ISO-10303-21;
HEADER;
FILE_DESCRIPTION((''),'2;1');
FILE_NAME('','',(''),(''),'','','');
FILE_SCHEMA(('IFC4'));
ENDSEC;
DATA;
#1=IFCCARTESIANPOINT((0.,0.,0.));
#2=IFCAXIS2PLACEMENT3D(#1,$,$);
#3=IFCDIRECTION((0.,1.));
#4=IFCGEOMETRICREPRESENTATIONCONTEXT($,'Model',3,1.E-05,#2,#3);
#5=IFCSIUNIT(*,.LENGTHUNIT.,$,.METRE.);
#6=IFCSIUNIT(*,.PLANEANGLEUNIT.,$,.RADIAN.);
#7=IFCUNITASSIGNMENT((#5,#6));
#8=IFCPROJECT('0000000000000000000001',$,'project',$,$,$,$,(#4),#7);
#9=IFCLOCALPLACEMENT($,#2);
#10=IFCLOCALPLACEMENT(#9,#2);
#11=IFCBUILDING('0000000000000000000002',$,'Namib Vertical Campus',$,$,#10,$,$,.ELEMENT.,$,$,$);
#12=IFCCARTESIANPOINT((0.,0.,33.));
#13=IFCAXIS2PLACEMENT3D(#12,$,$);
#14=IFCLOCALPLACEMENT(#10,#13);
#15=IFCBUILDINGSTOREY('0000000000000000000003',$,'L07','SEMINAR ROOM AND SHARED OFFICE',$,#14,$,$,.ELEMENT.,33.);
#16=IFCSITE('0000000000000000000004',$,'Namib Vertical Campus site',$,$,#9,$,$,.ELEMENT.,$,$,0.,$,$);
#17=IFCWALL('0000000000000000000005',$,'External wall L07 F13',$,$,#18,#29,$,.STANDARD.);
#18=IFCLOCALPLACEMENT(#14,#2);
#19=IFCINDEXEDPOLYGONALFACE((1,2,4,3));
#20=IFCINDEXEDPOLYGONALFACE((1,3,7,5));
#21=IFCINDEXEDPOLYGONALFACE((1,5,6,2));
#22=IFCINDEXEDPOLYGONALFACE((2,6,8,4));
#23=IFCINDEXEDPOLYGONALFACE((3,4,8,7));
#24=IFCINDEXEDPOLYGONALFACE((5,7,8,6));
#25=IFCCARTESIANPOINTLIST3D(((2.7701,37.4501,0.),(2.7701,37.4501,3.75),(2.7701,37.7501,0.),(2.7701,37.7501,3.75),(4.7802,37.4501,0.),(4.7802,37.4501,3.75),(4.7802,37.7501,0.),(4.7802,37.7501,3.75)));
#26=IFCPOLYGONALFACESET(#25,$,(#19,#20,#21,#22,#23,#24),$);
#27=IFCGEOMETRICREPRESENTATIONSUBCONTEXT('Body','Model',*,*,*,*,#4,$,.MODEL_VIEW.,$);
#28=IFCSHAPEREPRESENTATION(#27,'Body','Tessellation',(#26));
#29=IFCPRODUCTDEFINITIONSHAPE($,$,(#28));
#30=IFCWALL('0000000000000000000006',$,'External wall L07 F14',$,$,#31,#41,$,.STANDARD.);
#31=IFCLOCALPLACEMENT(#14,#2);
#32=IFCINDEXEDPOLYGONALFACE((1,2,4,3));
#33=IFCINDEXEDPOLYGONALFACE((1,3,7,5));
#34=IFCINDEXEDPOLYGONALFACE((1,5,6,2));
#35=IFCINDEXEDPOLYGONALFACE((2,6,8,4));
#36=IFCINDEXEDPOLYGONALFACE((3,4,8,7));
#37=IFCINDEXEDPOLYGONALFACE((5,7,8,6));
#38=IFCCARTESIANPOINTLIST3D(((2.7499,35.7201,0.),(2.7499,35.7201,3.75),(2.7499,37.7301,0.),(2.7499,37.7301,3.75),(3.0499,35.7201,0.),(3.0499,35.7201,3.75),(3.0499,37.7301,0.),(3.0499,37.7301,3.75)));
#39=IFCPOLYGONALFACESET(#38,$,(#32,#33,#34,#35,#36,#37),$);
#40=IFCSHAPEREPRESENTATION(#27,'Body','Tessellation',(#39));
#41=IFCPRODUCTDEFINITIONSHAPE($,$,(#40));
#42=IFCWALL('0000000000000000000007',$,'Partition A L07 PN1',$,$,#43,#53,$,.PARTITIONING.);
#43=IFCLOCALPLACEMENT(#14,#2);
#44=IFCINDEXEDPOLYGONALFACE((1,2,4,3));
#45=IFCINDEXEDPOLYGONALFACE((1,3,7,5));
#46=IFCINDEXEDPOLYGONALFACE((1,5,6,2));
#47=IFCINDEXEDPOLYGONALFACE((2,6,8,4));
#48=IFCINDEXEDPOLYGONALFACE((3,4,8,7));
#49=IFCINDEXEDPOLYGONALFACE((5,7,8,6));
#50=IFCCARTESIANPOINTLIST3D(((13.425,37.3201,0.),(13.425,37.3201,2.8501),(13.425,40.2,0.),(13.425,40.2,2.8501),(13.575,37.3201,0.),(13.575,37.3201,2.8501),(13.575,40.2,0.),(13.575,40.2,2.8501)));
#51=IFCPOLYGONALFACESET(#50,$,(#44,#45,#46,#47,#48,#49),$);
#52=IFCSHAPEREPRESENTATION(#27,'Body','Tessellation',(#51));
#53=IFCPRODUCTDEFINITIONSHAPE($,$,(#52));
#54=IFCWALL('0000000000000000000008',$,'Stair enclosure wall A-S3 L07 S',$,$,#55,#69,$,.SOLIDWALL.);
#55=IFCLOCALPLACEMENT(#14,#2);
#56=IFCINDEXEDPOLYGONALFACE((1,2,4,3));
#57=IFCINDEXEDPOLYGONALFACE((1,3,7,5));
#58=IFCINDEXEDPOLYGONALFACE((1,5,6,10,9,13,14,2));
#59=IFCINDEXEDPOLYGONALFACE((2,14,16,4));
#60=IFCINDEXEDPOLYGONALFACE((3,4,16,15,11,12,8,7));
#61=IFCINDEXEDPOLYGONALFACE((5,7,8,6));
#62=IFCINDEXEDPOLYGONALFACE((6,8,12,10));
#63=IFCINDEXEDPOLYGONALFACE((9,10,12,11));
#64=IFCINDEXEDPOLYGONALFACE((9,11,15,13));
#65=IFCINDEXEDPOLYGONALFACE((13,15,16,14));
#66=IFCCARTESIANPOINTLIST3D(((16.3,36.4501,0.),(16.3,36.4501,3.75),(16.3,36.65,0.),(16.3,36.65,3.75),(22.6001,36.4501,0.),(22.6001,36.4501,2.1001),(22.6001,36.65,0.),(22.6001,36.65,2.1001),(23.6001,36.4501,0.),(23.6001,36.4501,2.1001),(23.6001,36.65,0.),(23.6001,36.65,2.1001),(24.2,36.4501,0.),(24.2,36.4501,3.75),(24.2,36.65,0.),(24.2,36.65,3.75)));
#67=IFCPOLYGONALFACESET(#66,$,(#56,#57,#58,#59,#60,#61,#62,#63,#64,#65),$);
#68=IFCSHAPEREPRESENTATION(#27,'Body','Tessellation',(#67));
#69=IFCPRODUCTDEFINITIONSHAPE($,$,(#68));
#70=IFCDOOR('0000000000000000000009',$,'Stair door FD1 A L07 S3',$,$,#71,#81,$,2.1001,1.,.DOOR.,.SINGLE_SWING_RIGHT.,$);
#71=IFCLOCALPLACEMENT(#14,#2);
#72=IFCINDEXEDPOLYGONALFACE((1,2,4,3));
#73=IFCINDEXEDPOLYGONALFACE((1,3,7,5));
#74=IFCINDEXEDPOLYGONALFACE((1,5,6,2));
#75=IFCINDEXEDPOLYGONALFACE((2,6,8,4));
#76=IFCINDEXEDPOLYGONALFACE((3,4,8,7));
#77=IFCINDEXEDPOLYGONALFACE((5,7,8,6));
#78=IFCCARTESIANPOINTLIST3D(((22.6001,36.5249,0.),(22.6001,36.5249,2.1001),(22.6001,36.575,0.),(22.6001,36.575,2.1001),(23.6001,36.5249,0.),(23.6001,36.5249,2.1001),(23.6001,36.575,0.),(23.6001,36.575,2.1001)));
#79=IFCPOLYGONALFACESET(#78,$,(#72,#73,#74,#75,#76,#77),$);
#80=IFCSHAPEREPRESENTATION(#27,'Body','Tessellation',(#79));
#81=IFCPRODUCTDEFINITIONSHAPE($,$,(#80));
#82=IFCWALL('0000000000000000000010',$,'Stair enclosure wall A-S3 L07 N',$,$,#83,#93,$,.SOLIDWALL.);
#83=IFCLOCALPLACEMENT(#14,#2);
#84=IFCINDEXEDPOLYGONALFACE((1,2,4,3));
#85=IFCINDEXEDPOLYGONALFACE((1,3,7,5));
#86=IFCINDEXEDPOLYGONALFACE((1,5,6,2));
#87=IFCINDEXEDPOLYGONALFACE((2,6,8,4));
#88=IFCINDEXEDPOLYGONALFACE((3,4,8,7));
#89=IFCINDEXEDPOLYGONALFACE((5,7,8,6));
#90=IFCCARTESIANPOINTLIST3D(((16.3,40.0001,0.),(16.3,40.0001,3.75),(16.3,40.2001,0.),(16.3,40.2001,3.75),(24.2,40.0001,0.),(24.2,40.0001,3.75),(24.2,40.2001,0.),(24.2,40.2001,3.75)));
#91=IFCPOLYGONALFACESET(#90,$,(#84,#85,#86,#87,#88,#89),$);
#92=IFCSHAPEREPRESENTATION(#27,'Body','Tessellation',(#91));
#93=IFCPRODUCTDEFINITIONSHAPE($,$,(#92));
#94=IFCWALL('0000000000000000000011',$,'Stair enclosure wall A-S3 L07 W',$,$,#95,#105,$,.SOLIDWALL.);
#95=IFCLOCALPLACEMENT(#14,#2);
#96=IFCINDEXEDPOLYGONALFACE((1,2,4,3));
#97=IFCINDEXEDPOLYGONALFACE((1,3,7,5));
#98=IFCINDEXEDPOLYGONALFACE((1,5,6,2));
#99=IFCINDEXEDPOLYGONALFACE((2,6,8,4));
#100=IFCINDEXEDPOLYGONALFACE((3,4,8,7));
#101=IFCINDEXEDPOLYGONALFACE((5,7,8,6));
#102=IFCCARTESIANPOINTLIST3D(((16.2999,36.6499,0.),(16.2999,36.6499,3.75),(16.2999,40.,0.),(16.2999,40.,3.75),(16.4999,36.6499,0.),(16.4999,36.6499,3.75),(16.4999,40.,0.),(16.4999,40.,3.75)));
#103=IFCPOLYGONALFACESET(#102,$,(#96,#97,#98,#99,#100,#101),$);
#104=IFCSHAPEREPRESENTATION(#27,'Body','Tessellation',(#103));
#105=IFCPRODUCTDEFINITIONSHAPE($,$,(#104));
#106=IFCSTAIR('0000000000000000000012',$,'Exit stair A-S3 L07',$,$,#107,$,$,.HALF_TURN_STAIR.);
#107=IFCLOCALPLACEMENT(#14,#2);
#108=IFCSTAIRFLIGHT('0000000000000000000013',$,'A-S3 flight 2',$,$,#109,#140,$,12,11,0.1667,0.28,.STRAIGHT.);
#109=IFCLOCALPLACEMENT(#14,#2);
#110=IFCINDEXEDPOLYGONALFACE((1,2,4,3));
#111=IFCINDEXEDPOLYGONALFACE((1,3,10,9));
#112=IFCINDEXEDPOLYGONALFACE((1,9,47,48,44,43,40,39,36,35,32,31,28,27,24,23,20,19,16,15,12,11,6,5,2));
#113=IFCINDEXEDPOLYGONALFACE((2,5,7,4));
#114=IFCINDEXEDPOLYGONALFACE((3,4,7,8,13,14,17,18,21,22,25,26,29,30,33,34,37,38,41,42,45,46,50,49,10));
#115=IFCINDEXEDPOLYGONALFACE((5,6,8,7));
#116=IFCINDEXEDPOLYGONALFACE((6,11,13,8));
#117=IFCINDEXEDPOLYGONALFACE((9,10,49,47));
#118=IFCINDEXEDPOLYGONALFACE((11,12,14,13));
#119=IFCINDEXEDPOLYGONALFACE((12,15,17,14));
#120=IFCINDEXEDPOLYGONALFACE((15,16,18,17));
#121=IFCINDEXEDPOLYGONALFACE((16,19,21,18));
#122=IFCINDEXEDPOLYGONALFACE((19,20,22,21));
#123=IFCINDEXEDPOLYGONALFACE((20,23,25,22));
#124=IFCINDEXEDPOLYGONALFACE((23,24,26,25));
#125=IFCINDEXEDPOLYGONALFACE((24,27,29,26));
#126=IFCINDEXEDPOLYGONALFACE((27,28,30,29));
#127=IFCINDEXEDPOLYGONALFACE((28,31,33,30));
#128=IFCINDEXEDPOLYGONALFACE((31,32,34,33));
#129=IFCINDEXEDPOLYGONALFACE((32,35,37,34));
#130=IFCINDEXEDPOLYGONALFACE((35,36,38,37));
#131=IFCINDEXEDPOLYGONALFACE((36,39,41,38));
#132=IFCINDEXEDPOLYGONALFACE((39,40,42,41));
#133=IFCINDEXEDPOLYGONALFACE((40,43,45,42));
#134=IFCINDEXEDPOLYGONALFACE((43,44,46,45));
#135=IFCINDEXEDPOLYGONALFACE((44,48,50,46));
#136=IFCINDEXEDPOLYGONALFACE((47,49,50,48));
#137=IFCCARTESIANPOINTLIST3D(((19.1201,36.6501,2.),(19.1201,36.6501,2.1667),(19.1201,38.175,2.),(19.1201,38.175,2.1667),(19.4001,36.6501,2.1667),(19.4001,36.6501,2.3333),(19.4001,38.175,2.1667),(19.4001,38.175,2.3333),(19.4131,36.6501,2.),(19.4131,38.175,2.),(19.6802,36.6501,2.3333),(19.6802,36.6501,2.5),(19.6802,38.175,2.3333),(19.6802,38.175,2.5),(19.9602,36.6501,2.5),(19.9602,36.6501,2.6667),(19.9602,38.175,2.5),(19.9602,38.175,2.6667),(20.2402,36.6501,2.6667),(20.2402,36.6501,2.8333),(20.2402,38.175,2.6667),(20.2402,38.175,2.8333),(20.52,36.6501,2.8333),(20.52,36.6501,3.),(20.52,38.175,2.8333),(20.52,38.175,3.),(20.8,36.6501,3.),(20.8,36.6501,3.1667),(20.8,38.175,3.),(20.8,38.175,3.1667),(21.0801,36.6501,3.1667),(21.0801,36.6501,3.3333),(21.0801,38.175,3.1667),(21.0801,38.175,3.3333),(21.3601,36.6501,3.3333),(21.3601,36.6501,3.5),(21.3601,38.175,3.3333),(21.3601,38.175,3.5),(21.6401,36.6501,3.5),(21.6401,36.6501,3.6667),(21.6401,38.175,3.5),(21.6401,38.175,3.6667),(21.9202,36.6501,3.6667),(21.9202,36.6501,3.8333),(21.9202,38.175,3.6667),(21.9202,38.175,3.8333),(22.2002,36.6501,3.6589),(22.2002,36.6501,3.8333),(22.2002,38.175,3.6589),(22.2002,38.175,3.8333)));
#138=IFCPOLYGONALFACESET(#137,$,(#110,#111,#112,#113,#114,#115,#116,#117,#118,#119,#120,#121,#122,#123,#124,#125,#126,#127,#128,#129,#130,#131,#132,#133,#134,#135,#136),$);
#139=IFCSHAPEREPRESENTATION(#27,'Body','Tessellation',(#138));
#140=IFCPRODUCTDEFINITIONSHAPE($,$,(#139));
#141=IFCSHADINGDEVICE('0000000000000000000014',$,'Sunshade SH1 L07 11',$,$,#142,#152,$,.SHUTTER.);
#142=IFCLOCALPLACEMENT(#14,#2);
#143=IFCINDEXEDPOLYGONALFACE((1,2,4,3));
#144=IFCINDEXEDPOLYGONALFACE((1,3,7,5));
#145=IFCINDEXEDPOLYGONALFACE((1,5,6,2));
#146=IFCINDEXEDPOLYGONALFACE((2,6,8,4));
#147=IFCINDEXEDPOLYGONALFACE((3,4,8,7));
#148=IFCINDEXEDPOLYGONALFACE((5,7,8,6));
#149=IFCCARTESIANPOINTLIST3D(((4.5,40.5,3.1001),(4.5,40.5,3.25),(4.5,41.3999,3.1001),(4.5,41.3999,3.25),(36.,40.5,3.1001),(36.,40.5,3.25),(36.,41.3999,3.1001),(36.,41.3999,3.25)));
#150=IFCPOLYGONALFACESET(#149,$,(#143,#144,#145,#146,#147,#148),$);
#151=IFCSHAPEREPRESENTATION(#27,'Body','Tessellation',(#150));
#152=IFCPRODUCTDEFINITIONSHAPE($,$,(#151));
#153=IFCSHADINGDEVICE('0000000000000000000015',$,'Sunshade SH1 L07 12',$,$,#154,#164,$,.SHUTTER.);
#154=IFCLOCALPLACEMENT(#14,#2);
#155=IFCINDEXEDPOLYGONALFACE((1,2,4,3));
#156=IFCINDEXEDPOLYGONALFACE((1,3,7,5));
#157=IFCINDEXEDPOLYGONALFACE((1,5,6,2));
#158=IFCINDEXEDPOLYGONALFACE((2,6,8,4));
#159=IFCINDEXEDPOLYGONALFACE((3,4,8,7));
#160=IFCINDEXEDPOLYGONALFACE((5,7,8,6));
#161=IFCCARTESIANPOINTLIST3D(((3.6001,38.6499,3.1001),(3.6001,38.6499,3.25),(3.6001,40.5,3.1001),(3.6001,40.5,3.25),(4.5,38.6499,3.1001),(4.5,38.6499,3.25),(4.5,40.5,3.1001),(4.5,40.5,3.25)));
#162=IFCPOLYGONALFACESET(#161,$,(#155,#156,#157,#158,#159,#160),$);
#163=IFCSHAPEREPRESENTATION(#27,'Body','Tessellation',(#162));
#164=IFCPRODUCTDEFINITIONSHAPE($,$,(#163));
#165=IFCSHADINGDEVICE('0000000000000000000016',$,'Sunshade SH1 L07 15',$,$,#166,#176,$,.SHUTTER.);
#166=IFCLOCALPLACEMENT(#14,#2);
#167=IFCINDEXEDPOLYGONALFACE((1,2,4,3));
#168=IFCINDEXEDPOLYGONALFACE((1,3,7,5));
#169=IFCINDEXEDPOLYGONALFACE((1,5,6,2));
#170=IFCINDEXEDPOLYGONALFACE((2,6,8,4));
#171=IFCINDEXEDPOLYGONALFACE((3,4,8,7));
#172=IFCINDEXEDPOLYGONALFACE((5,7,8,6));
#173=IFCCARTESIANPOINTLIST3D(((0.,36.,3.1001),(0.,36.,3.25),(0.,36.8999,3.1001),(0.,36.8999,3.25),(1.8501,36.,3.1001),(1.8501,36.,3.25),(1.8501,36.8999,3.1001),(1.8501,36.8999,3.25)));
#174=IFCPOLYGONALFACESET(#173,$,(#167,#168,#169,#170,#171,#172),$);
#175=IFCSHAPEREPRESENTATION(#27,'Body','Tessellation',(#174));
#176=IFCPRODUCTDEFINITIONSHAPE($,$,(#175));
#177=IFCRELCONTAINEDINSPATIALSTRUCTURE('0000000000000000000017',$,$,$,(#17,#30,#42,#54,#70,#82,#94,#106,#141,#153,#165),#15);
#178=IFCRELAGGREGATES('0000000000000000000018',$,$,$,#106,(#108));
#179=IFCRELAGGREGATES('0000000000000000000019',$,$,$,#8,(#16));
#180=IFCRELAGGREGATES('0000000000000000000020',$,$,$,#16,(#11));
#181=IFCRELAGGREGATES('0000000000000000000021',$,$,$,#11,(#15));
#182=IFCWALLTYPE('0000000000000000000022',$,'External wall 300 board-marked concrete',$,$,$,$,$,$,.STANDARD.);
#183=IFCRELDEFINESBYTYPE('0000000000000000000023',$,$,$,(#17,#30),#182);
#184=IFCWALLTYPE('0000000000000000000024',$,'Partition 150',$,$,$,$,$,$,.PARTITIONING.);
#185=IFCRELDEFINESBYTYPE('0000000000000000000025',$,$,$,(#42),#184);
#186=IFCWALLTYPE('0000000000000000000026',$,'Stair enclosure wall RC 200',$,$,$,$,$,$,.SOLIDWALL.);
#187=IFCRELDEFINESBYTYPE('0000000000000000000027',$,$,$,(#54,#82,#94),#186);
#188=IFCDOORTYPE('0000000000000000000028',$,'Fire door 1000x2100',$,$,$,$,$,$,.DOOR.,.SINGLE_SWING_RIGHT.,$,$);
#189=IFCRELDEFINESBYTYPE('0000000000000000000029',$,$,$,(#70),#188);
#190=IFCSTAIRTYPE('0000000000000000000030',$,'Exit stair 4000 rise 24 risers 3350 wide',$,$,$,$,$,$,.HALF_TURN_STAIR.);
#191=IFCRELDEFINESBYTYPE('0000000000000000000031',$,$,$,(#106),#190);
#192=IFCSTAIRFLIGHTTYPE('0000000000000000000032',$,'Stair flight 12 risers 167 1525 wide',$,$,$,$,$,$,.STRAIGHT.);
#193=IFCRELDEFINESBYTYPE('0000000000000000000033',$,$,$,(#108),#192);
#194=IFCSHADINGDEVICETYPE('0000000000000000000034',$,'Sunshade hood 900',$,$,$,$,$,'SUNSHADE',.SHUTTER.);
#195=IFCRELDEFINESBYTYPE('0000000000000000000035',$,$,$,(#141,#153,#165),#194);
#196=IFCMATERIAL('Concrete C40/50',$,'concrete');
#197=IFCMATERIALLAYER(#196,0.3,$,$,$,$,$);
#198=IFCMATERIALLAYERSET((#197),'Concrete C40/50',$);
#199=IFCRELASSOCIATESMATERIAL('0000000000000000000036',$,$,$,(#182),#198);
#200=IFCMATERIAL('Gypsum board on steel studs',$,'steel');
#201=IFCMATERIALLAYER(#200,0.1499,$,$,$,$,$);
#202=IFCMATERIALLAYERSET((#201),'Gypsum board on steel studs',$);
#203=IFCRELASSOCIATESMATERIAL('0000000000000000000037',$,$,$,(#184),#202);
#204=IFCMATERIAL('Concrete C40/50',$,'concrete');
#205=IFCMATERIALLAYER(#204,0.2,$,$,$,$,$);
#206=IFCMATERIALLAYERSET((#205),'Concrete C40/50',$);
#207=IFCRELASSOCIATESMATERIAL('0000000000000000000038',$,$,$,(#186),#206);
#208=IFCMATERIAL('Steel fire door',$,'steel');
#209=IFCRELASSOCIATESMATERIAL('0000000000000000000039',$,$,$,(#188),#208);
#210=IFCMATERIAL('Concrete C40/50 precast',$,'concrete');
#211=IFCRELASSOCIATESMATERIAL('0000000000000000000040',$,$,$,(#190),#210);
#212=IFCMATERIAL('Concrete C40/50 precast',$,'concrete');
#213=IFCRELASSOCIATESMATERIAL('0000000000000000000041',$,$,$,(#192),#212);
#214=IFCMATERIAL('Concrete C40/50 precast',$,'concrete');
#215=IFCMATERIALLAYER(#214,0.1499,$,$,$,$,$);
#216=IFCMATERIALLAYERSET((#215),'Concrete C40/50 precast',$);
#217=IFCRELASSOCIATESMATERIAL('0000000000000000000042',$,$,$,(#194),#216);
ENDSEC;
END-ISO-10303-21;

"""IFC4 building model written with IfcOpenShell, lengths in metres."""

from ifc_helpers import new_model, si_unit, direction, frame, frame_2d, origin, origin_2d, place, context, subcontext, project, spatial, polyline, rectangle, outline, extrude, material, layer, layer_set, type_object, element, fill, aggregate, save


model = new_model("IFC4")

# Units and contexts
model_context = context("Model", 3, precision=1e-05, world=origin(), true_north=direction((0.0, 1.0)))
body_context = subcontext(model_context, "Body", "Model", "MODEL_VIEW")
ifc_project = project(units=[si_unit("LENGTHUNIT", "METRE"), si_unit("PLANEANGLEUNIT", "RADIAN")], contexts=[model_context])

# Site, building, storey
site_placement = place(None, origin())
site = spatial("IfcSite", under=ifc_project, at=site_placement, Name="Namib Vertical Campus site", CompositionType="ELEMENT", RefElevation=0.0)
building_placement = place(site_placement, origin())
building = spatial("IfcBuilding", under=site, at=building_placement, Name="Namib Vertical Campus", CompositionType="ELEMENT")
storey_placement = place(building_placement, frame((0.0, 0.0, 33.0)))
storey = spatial("IfcBuildingStorey", under=building, at=storey_placement, Name="L07", Description="SEMINAR ROOM AND SHARED OFFICE", CompositionType="ELEMENT", Elevation=33.0)

# Walls
ifc_material_1 = material(Name="Concrete C40/50", Category="concrete")
ifc_layer_1 = layer(ifc_material_1, 0.3)
ifc_layer_set_1 = layer_set([ifc_layer_1], Name="Concrete C40/50")
wall_type_1 = type_object("IfcWallType", Name="External wall 300 board-marked concrete", PredefinedType="STANDARD", material=ifc_layer_set_1)
for number, where, z_axis, x_axis, name in (
    (1, (4.78, 37.6001, 0.0), (0.0, 0.0, 1.0), (-1.0, 0.0, 0.0), "External wall L07 F13"),
    (2, (2.8999, 37.73, 0.0), (0.0, 0.0, 1.0), (0.0, -1.0, 0.0), "External wall L07 F14"),
):
    element("IfcWall", number, at=place(storey_placement, frame(where, z_axis=z_axis, x_axis=x_axis)), inside=storey, type_object=wall_type_1, Name=name, PredefinedType="STANDARD", context=body_context, shape_type="SweptSolid", body=[
        extrude(rectangle(XDim=2.01, YDim=0.3, at=frame_2d((1.0049, 0.0))), origin(), (0.0, 0.0, 1.0), 3.75),
    ])
ifc_material_2 = material(Name="Gypsum board on steel studs", Category="steel")
ifc_layer_2 = layer(ifc_material_2, 0.1499)
ifc_layer_set_2 = layer_set([ifc_layer_2], Name="Gypsum board on steel studs")
wall_type_2 = type_object("IfcWallType", Name="Partition 150", PredefinedType="PARTITIONING", material=ifc_layer_set_2)
wall_1_placement = place(storey_placement, frame((13.5, 37.3201, 0.0), z_axis=(0.0, 0.0, 1.0), x_axis=(0.0, 1.0, 0.0)))
element("IfcWall", 3, at=wall_1_placement, inside=storey, type_object=wall_type_2, Name="Partition A L07 PN1", PredefinedType="PARTITIONING", context=body_context, shape_type="SweptSolid", body=[
    extrude(rectangle(XDim=2.8799, YDim=0.1499, at=frame_2d((1.4399, 0.0))), origin(), (0.0, 0.0, 1.0), 2.8501),
])

# Wall, opening, door
ifc_material_3 = material(Name="Concrete C40/50", Category="concrete")
ifc_layer_3 = layer(ifc_material_3, 0.2)
ifc_layer_set_3 = layer_set([ifc_layer_3], Name="Concrete C40/50")
wall_type_3 = type_object("IfcWallType", Name="Stair enclosure wall RC 200", PredefinedType="SOLIDWALL", material=ifc_layer_set_3)
wall_2_placement = place(storey_placement, frame((16.3, 36.55, 0.0), z_axis=(0.0, 0.0, 1.0), x_axis=(1.0, 0.0, 0.0)))
wall_2 = element("IfcWall", 4, at=wall_2_placement, inside=storey, type_object=wall_type_3, Name="Stair enclosure wall A-S3 L07 S", PredefinedType="SOLIDWALL", context=body_context, shape_type="SweptSolid", body=[
    extrude(rectangle(XDim=7.8999, YDim=0.2, at=frame_2d((3.95, 0.0))), origin(), (0.0, 0.0, 1.0), 3.75),
])
opening_placement = place(wall_2_placement, frame((6.3, 0.0, 0.0)))
opening = element("IfcOpeningElement", 5, at=opening_placement, cuts=wall_2, PredefinedType="OPENING", context=body_context, shape_type="SweptSolid", body=[
    extrude(rectangle(XDim=1.0, YDim=2.1001, at=frame_2d((0.5, 1.05))), frame((0.0, 0.1099, 0.0), z_axis=(0.0, -1.0, 0.0), x_axis=(1.0, 0.0, 0.0)), (0.0, 0.0, 1.0), 0.22),
])
ifc_material_4 = material(Name="Steel fire door", Category="steel")
door_type = type_object("IfcDoorType", Name="Fire door 1000x2100", OperationType="SINGLE_SWING_RIGHT", PredefinedType="DOOR", material=ifc_material_4)
door_placement = place(opening_placement, origin())
door = element("IfcDoor", 6, at=door_placement, inside=storey, type_object=door_type, Name="Stair door FD1 A L07 S3", OperationType="SINGLE_SWING_RIGHT", OverallHeight=2.1001, OverallWidth=1.0, PredefinedType="DOOR", context=body_context, shape_type="SweptSolid", body=[
    extrude(rectangle(XDim=1.0, YDim=2.1001, at=frame_2d((0.5, 1.05))), frame((0.0, 0.0249, 0.0), z_axis=(0.0, -1.0, 0.0), x_axis=(1.0, 0.0, 0.0)), (0.0, 0.0, 1.0), 0.05),
])
fill(opening, door)

# Walls
wall_3_placement = place(storey_placement, frame((16.3, 40.1001, 0.0), z_axis=(0.0, 0.0, 1.0), x_axis=(1.0, 0.0, 0.0)))
element("IfcWall", 7, at=wall_3_placement, inside=storey, type_object=wall_type_3, Name="Stair enclosure wall A-S3 L07 N", PredefinedType="SOLIDWALL", context=body_context, shape_type="SweptSolid", body=[
    extrude(rectangle(XDim=7.8999, YDim=0.2, at=frame_2d((3.95, 0.0))), origin(), (0.0, 0.0, 1.0), 3.75),
])
wall_4_placement = place(storey_placement, frame((16.3999, 36.6499, 0.0), z_axis=(0.0, 0.0, 1.0), x_axis=(0.0, 1.0, 0.0)))
element("IfcWall", 8, at=wall_4_placement, inside=storey, type_object=wall_type_3, Name="Stair enclosure wall A-S3 L07 W", PredefinedType="SOLIDWALL", context=body_context, shape_type="SweptSolid", body=[
    extrude(rectangle(XDim=3.3501, YDim=0.2, at=frame_2d((1.675, 0.0))), origin(), (0.0, 0.0, 1.0), 3.75),
])

# Stair, stair flight
ifc_material_5 = material(Name="Concrete C40/50 precast", Category="concrete")
stair_type = type_object("IfcStairType", Name="Exit stair 4000 rise 24 risers 3350 wide", PredefinedType="HALF_TURN_STAIR", material=ifc_material_5)
stair_placement = place(storey_placement, origin())
stair = element("IfcStair", 9, at=stair_placement, inside=storey, type_object=stair_type, Name="Exit stair A-S3 L07", PredefinedType="HALF_TURN_STAIR")
ifc_material_6 = material(Name="Concrete C40/50 precast", Category="concrete")
stair_flight_type = type_object("IfcStairFlightType", Name="Stair flight 12 risers 167 1525 wide", PredefinedType="STRAIGHT", material=ifc_material_6)
stair_flight_placement = place(storey_placement, frame((19.1201, 37.4126, 2.0), z_axis=(0.0, 0.0, 1.0), x_axis=(1.0, 0.0, 0.0)))
stair_flight = element("IfcStairFlight", 10, at=stair_flight_placement, type_object=stair_flight_type, Name="A-S3 flight 2", NumberOfRisers=12, NumberOfTreads=11, PredefinedType="STRAIGHT", RiserHeight=0.1667, TreadLength=0.28, context=body_context, shape_type="SweptSolid", body=[
    extrude(outline(polyline([(0.0, 0.0), (0.0, 0.1667), (0.28, 0.1667), (0.28, 0.3333), (0.5601, 0.3333), (0.5601, 0.5), (0.8401, 0.5), (0.8401, 0.6667), (1.1201, 0.6667), (1.1201, 0.8333), (1.3999, 0.8333), (1.3999, 1.0), (1.6799, 1.0), (1.6799, 1.1667), (1.96, 1.1667), (1.96, 1.3333), (2.24, 1.3333), (2.24, 1.5), (2.52, 1.5), (2.52, 1.6667), (2.8, 1.6667), (2.8, 1.8333), (3.0801, 1.8333), (3.0801, 2.0), (3.0801, 1.6589), (0.293, 0.0), (0.0, 0.0)])), frame((0.0, 0.7625, 0.0), z_axis=(0.0, -1.0, 0.0), x_axis=(1.0, 0.0, 0.0)), (0.0, 0.0, 1.0), 1.5249),
])
aggregate(stair, [stair_flight])

# Shading devices
ifc_material_7 = material(Name="Concrete C40/50 precast", Category="concrete")
ifc_layer_4 = layer(ifc_material_7, 0.1499)
ifc_layer_set_4 = layer_set([ifc_layer_4], Name="Concrete C40/50 precast")
shading_device_type = type_object("IfcShadingDeviceType", Name="Sunshade hood 900", ElementType="SUNSHADE", PredefinedType="SHUTTER", material=ifc_layer_set_4)
shading_device_placement = place(storey_placement, frame((20.25, 40.95, 3.1001), z_axis=(0.0, 0.0, 1.0), x_axis=(-1.0, 0.0, 0.0)))
element("IfcShadingDevice", 11, at=shading_device_placement, inside=storey, type_object=shading_device_type, Name="Sunshade SH1 L07 11", PredefinedType="SHUTTER", context=body_context, shape_type="SweptSolid", body=[
    extrude(rectangle(XDim=31.5, YDim=0.8999, at=origin_2d()), origin(), (0.0, 0.0, 1.0), 0.1499),
])
for number, where, z_axis, x_axis, name in (
    (12, (4.05, 39.575, 3.1001), (0.0, 0.0, 1.0), (0.0, -1.0, 0.0), "Sunshade SH1 L07 12"),
    (13, (0.925, 36.45, 3.1001), (0.0, 0.0, 1.0), (-1.0, 0.0, 0.0), "Sunshade SH1 L07 15"),
):
    element("IfcShadingDevice", number, at=place(storey_placement, frame(where, z_axis=z_axis, x_axis=x_axis)), inside=storey, type_object=shading_device_type, Name=name, PredefinedType="SHUTTER", context=body_context, shape_type="SweptSolid", body=[
        extrude(rectangle(XDim=1.8501, YDim=0.8999, at=origin_2d()), origin(), (0.0, 0.0, 1.0), 0.1499),
    ])

save(model, "model.ifc")
